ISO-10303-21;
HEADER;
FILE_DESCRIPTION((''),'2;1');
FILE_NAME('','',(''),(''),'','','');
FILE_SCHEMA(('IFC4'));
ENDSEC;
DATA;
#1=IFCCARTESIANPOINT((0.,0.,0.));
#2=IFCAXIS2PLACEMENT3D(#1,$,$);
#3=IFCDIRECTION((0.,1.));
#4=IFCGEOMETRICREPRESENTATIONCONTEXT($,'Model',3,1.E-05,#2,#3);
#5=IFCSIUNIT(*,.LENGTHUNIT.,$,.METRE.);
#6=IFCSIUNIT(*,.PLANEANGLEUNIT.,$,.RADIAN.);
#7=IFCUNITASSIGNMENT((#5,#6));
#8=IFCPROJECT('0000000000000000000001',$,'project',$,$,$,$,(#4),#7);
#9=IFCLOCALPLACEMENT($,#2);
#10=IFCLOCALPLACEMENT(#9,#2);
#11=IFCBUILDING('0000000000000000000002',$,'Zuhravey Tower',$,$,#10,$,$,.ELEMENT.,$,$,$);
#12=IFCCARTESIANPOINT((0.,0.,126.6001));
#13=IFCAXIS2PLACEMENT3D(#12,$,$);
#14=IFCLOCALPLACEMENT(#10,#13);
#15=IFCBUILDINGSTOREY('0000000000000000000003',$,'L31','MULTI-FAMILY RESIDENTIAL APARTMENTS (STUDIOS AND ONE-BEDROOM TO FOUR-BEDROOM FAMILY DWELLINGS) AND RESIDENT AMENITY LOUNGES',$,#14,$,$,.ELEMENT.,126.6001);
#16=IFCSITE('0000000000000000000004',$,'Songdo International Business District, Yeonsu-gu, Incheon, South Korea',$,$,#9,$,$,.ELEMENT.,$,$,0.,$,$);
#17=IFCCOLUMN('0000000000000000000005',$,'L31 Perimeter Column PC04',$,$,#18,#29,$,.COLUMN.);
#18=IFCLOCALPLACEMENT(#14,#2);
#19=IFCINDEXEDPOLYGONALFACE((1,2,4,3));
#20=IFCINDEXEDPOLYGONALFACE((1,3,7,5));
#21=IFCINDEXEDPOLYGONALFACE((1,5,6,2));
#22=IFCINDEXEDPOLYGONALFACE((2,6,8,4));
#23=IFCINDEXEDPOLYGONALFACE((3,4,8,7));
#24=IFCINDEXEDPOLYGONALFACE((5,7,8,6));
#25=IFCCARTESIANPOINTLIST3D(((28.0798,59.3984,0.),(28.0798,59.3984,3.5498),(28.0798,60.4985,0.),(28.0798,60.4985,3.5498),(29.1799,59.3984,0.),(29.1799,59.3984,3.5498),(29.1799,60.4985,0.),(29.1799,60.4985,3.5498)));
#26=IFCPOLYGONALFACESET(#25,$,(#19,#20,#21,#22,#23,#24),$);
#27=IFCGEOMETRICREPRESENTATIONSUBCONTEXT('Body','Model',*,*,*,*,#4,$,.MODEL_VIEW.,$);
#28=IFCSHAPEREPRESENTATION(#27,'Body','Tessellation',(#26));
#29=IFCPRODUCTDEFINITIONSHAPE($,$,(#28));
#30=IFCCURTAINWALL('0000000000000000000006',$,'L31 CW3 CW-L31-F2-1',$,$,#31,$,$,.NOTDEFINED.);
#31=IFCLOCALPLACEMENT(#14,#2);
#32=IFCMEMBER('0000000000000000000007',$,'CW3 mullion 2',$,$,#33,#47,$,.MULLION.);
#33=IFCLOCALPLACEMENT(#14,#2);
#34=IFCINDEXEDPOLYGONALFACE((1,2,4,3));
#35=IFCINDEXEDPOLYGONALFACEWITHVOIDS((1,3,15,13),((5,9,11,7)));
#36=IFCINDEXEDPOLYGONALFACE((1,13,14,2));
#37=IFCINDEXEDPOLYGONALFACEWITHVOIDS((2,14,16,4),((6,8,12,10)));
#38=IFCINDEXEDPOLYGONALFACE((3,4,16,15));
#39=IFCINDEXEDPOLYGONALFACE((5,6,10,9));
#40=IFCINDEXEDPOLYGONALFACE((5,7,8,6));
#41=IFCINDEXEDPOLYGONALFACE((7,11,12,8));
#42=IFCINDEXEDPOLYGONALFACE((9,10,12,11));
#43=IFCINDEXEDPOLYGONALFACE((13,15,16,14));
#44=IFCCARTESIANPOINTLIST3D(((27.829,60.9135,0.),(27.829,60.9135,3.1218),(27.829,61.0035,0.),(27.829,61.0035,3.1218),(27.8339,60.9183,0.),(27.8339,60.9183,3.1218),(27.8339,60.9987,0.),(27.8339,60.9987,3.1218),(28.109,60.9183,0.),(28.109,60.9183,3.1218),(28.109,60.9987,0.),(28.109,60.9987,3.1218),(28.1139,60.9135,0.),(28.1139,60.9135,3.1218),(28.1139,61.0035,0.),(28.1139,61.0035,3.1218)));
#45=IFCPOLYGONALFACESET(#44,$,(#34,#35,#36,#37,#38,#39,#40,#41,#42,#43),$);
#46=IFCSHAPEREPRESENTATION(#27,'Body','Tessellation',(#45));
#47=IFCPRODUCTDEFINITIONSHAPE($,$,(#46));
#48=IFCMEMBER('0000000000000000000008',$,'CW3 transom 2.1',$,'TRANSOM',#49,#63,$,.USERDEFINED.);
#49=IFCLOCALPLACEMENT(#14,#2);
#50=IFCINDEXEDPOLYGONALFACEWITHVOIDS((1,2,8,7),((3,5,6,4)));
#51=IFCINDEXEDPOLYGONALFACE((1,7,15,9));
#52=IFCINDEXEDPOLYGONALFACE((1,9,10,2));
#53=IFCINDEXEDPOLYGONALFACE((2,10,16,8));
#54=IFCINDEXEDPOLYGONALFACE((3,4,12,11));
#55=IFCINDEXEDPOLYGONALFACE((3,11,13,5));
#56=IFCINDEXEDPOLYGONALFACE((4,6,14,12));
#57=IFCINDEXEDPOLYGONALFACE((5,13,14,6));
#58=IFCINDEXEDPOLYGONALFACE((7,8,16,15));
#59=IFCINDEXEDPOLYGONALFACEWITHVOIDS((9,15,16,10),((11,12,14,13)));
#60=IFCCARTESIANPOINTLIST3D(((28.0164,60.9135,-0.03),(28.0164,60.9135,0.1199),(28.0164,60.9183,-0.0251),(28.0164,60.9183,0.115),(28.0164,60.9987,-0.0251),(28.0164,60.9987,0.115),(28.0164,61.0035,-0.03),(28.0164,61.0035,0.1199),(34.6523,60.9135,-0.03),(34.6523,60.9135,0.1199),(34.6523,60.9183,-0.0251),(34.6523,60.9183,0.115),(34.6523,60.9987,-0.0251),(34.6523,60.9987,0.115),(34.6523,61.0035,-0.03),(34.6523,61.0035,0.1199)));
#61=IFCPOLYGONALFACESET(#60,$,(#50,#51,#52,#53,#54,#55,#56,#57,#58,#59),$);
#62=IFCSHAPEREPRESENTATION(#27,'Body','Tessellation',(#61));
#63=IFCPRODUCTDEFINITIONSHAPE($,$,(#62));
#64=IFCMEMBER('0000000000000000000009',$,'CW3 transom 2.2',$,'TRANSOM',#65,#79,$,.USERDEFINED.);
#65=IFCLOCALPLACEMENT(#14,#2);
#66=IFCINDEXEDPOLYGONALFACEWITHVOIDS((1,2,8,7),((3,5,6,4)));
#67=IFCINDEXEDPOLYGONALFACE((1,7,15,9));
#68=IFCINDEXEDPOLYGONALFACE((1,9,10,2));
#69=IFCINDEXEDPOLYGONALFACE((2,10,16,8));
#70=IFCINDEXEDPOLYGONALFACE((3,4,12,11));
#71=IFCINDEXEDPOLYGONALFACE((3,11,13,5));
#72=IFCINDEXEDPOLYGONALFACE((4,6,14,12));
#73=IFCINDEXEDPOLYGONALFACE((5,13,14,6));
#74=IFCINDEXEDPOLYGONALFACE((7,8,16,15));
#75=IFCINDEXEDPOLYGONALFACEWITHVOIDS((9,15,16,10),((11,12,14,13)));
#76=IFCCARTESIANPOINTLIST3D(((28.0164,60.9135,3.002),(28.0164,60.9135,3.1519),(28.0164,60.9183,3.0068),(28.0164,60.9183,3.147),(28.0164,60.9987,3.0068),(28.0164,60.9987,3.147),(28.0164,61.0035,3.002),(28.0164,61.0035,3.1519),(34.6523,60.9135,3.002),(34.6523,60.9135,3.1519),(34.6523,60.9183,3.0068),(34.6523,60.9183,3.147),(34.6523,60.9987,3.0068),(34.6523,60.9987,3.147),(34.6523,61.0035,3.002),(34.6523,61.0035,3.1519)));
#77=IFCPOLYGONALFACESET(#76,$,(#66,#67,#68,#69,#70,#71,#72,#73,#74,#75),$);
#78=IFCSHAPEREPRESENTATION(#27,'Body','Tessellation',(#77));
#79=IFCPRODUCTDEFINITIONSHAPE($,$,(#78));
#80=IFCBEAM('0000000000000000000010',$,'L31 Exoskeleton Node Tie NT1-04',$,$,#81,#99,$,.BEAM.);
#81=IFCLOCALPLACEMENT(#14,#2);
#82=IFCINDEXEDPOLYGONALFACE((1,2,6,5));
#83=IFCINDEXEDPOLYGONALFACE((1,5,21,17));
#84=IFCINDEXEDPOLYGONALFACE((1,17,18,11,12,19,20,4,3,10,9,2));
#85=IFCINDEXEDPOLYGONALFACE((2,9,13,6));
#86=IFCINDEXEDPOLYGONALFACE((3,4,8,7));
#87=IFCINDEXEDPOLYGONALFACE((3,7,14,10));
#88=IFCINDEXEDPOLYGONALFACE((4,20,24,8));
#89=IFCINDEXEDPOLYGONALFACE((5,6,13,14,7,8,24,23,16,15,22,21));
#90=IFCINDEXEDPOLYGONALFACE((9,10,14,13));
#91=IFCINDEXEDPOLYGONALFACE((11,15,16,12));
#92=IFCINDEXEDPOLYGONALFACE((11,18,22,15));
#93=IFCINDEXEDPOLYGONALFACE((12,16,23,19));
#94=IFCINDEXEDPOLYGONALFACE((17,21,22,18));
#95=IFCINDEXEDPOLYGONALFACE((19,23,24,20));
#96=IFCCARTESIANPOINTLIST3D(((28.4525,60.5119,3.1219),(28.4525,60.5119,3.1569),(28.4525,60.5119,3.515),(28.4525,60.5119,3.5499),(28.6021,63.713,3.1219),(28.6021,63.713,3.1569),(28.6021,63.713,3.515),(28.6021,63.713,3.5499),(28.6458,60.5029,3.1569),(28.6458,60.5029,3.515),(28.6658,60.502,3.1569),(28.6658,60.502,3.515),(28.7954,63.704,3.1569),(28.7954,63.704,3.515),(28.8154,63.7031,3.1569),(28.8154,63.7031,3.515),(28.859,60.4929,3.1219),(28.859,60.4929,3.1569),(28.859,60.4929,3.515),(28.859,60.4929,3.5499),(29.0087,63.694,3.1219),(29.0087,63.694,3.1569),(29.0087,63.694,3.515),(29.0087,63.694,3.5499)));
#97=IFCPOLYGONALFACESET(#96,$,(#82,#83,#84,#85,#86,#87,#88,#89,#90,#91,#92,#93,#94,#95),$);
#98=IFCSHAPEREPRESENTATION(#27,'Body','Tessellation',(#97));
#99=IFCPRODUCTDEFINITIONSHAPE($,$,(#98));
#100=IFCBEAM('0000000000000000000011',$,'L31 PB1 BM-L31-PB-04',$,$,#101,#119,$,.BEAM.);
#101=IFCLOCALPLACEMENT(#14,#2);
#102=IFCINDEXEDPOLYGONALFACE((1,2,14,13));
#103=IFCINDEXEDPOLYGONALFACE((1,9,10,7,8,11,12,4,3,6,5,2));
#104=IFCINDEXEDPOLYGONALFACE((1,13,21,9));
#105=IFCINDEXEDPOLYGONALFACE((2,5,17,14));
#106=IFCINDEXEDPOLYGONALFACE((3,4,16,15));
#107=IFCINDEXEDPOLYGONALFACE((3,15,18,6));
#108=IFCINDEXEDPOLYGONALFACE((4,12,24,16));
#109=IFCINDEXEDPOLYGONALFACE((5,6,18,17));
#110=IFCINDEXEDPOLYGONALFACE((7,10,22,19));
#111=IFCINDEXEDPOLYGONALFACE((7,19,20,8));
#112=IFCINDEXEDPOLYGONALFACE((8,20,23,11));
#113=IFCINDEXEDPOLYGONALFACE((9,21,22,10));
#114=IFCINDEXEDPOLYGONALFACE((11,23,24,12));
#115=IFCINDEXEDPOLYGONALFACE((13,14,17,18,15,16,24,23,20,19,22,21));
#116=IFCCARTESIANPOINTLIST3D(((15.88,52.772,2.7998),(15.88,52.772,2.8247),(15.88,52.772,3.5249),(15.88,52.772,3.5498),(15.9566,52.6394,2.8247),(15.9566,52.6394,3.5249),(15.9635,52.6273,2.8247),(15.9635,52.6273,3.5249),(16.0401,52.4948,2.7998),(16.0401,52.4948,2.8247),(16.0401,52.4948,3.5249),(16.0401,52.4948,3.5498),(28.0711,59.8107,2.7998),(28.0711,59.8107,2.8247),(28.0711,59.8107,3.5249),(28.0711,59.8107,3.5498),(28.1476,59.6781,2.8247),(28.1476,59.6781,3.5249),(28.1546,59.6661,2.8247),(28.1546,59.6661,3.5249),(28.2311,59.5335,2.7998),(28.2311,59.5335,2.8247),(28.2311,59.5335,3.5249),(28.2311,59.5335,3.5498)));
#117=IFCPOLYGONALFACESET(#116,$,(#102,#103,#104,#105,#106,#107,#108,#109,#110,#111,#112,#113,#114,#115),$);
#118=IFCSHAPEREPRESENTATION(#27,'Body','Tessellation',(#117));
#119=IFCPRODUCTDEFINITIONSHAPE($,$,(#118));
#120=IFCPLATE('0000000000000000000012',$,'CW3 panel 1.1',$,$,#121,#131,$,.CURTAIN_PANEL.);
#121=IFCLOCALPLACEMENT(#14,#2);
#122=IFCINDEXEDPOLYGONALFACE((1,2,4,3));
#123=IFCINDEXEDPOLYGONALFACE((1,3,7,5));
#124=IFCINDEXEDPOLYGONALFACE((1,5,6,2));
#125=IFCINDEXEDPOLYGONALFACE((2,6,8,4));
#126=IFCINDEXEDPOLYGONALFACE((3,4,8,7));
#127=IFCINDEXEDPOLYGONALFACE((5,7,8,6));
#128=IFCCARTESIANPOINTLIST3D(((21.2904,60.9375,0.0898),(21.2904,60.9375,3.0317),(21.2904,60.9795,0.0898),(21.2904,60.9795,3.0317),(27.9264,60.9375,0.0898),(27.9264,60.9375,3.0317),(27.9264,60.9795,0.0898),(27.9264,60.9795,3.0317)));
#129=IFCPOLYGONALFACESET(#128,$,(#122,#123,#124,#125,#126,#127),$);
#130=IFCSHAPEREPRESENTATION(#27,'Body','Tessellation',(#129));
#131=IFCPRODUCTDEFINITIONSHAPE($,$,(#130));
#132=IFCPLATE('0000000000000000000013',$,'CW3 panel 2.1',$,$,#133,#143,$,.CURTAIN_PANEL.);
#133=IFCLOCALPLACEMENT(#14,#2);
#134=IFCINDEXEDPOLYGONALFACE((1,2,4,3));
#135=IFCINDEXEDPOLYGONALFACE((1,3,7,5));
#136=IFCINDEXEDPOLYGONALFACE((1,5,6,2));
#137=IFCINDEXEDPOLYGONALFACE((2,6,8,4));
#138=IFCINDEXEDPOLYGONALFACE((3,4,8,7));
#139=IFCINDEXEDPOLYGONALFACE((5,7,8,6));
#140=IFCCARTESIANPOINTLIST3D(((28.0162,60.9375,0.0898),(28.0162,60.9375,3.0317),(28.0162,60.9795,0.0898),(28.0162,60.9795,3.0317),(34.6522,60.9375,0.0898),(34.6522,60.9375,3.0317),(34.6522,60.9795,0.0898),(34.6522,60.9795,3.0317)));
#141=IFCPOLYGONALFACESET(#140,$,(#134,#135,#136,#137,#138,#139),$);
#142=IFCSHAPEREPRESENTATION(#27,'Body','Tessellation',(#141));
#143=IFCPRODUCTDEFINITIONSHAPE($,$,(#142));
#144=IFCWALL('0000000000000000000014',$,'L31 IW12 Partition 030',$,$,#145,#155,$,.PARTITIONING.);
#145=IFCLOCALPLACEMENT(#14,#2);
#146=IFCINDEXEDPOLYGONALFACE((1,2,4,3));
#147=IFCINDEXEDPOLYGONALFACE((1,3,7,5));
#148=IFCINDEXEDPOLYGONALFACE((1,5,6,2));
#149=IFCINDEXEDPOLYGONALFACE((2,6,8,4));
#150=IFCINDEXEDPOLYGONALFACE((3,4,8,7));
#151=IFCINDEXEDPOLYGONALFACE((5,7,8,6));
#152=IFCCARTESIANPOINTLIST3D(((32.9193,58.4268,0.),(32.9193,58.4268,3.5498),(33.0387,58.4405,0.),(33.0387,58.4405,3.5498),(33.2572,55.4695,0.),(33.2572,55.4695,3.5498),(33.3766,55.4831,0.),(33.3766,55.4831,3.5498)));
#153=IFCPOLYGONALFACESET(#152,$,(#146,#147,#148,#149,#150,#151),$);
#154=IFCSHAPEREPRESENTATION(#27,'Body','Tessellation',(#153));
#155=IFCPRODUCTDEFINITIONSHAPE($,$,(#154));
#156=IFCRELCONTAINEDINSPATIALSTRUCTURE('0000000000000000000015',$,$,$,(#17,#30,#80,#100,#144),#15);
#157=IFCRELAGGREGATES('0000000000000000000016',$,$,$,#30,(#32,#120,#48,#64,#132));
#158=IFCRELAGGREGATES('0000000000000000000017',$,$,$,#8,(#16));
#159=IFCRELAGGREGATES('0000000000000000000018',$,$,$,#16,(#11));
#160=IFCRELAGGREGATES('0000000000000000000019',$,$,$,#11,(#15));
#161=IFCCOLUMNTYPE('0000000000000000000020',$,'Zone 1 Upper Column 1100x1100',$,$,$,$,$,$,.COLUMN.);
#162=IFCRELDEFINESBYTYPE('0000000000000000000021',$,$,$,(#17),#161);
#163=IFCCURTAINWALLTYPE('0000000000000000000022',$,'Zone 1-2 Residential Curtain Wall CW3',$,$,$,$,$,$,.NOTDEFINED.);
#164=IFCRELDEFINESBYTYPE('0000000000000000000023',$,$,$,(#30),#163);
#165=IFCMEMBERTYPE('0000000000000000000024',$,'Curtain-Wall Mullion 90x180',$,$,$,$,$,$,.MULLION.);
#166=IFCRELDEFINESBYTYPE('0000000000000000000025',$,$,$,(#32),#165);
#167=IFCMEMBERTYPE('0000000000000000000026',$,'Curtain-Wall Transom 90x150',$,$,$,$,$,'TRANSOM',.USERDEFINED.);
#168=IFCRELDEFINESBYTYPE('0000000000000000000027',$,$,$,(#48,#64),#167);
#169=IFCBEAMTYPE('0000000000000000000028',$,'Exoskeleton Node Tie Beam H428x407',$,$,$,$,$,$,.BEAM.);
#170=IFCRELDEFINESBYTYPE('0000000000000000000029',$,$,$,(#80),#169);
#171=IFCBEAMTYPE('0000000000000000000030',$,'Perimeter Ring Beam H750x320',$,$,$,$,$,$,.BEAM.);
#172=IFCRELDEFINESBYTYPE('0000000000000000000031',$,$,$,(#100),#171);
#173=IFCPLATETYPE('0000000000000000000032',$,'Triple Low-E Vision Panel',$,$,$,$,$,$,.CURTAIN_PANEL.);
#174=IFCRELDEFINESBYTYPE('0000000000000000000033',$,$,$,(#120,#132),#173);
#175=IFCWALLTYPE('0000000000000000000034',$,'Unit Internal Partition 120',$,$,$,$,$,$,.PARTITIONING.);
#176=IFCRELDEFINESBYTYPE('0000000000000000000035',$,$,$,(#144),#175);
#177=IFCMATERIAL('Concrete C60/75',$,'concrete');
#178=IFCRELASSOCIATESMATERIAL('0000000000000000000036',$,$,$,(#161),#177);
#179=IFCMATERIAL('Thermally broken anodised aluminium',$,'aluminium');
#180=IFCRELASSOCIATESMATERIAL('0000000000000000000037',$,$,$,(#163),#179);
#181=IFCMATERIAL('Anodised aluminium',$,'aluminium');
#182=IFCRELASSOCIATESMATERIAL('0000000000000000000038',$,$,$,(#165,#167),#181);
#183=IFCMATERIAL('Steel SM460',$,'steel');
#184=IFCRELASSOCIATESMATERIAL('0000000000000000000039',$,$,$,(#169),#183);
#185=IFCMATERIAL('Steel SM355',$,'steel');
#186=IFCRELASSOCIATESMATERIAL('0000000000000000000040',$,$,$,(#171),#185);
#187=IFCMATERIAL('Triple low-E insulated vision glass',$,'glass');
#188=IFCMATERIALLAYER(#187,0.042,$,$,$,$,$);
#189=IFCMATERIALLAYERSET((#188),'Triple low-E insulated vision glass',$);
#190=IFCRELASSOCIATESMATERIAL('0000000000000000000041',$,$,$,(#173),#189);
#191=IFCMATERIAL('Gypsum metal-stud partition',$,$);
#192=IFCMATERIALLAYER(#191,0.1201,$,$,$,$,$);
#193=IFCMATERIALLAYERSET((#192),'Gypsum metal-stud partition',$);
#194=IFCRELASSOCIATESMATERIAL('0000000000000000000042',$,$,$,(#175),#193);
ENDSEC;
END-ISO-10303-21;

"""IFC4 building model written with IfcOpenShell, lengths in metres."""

from ifc_helpers import new_model, si_unit, direction, frame, frame_2d, origin, origin_2d, place, context, subcontext, project, spatial, rectangle, hollow_rectangle, i_section, extrude, material, layer, layer_set, material_profile, profile_set, type_object, element, aggregate, save


model = new_model("IFC4")

# Units and contexts
model_context = context("Model", 3, precision=1e-05, world=origin(), true_north=direction((0.0, 1.0)))
body_context = subcontext(model_context, "Body", "Model", "MODEL_VIEW")
ifc_project = project(units=[si_unit("LENGTHUNIT", "METRE"), si_unit("PLANEANGLEUNIT", "RADIAN")], contexts=[model_context])

# Site, building, storey
site_placement = place(None, origin())
site = spatial("IfcSite", under=ifc_project, at=site_placement, Name="Songdo International Business District, Yeonsu-gu, Incheon, South Korea", CompositionType="ELEMENT", RefElevation=0.0)
building_placement = place(site_placement, origin())
building = spatial("IfcBuilding", under=site, at=building_placement, Name="Zuhravey Tower", CompositionType="ELEMENT")
storey_placement = place(building_placement, frame((0.0, 0.0, 126.6001)))
storey = spatial("IfcBuildingStorey", under=building, at=storey_placement, Name="L31", Description="MULTI-FAMILY RESIDENTIAL APARTMENTS (STUDIOS AND ONE-BEDROOM TO FOUR-BEDROOM FAMILY DWELLINGS) AND RESIDENT AMENITY LOUNGES", CompositionType="ELEMENT", Elevation=126.6001)

# Column
ifc_material_1 = material(Name="Concrete C60/75", Category="concrete")
ifc_material_profile_1 = material_profile(ifc_material_1, rectangle(XDim=1.1001, YDim=1.1001, at=origin_2d()), Name="RC-1100x1100")
ifc_profile_set_1 = profile_set([ifc_material_profile_1], Name="Concrete C60/75")
column_type = type_object("IfcColumnType", Name="Zone 1 Upper Column 1100x1100", PredefinedType="COLUMN", material=ifc_profile_set_1)
column_placement = place(storey_placement, frame((28.6299, 59.9485, 0.0), z_axis=(0.0, 0.0, 1.0), x_axis=(-1.0, 0.0, 0.0)))
element("IfcColumn", 1, at=column_placement, inside=storey, type_object=column_type, Name="L31 Perimeter Column PC04", PredefinedType="COLUMN", context=body_context, shape_type="SweptSolid", body=[
    extrude(rectangle(XDim=1.1001, YDim=1.1001, at=origin_2d()), origin(), (0.0, 0.0, 1.0), 3.5498),
])

# Curtain wall, members
ifc_material_2 = material(Name="Thermally broken anodised aluminium", Category="aluminium")
curtain_wall_type = type_object("IfcCurtainWallType", Name="Zone 1-2 Residential Curtain Wall CW3", PredefinedType="NOTDEFINED", material=ifc_material_2)
curtain_wall_placement = place(storey_placement, origin())
curtain_wall = element("IfcCurtainWall", 2, at=curtain_wall_placement, inside=storey, type_object=curtain_wall_type, Name="L31 CW3 CW-L31-F2-1", PredefinedType="NOTDEFINED")
ifc_material_3 = material(Name="Anodised aluminium", Category="aluminium")
ifc_material_profile_2 = material_profile(ifc_material_3, hollow_rectangle(XDim=0.0901, YDim=0.2849, WallThickness=0.0049, at=origin_2d()), Name="ALU-RHS-90x285x5")
ifc_profile_set_2 = profile_set([ifc_material_profile_2], Name="Anodised aluminium")
member_type_1 = type_object("IfcMemberType", Name="Curtain-Wall Mullion 90x180", PredefinedType="MULLION", material=ifc_profile_set_2)
member_1_placement = place(storey_placement, frame((27.9714, 60.9585, 0.0), z_axis=(0.0, 0.0, 1.0), x_axis=(0.0, 1.0, 0.0)))
member_1 = element("IfcMember", 3, at=member_1_placement, type_object=member_type_1, Name="CW3 mullion 2", PredefinedType="MULLION", context=body_context, shape_type="SweptSolid", body=[
    extrude(hollow_rectangle(XDim=0.0901, YDim=0.2849, WallThickness=0.0049, at=origin_2d()), origin(), (0.0, 0.0, 1.0), 3.1218),
])
ifc_material_profile_3 = material_profile(ifc_material_3, hollow_rectangle(XDim=0.0901, YDim=0.1499, WallThickness=0.0049, at=origin_2d()), Name="ALU-RHS-90x150x5")
ifc_profile_set_3 = profile_set([ifc_material_profile_3], Name="Anodised aluminium")
member_type_2 = type_object("IfcMemberType", Name="Curtain-Wall Transom 90x150", ElementType="TRANSOM", PredefinedType="USERDEFINED", material=ifc_profile_set_3)
member_2_placement = place(storey_placement, frame((28.0164, 60.9585, 0.0449), z_axis=(1.0, 0.0, 0.0), x_axis=(0.0, 1.0, 0.0)))
member_2 = element("IfcMember", 4, at=member_2_placement, type_object=member_type_2, Name="CW3 transom 2.1", ObjectType="TRANSOM", PredefinedType="USERDEFINED", context=body_context, shape_type="SweptSolid", body=[
    extrude(hollow_rectangle(XDim=0.0901, YDim=0.1499, WallThickness=0.0049, at=origin_2d()), origin(), (0.0, 0.0, 1.0), 6.636),
])
member_3_placement = place(storey_placement, frame((28.0164, 60.9585, 3.0769), z_axis=(1.0, 0.0, 0.0), x_axis=(0.0, 1.0, 0.0)))
member_3 = element("IfcMember", 5, at=member_3_placement, type_object=member_type_2, Name="CW3 transom 2.2", ObjectType="TRANSOM", PredefinedType="USERDEFINED", context=body_context, shape_type="SweptSolid", body=[
    extrude(hollow_rectangle(XDim=0.0901, YDim=0.1499, WallThickness=0.0049, at=origin_2d()), origin(), (0.0, 0.0, 1.0), 6.636),
])

# Beams
ifc_material_4 = material(Name="Steel SM460", Category="steel")
ifc_material_profile_4 = material_profile(ifc_material_4, i_section(OverallWidth=0.407, OverallDepth=0.428, WebThickness=0.02, FlangeThickness=0.0349, at=origin_2d()), Name="H-428x407x20x35")
ifc_profile_set_4 = profile_set([ifc_material_profile_4], Name="Steel SM460")
beam_type_1 = type_object("IfcBeamType", Name="Exoskeleton Node Tie Beam H428x407", PredefinedType="BEAM", material=ifc_profile_set_4)
beam_1_placement = place(storey_placement, frame((28.6558, 60.5024, 3.3359), z_axis=(0.0467, 0.998909, 0.0), x_axis=(-0.998909, 0.0467, 0.0)))
element("IfcBeam", 6, at=beam_1_placement, inside=storey, type_object=beam_type_1, Name="L31 Exoskeleton Node Tie NT1-04", PredefinedType="BEAM", context=body_context, shape_type="SweptSolid", body=[
    extrude(i_section(OverallWidth=0.407, OverallDepth=0.428, WebThickness=0.02, FlangeThickness=0.0349, at=origin_2d()), origin(), (0.0, 0.0, 1.0), 3.2046),
])
ifc_material_5 = material(Name="Steel SM355", Category="steel")
ifc_material_profile_5 = material_profile(ifc_material_5, i_section(OverallWidth=0.3201, OverallDepth=0.75, WebThickness=0.0139, FlangeThickness=0.0249, at=origin_2d()), Name="H-750x320x14x25")
ifc_profile_set_5 = profile_set([ifc_material_profile_5], Name="Steel SM355")
beam_type_2 = type_object("IfcBeamType", Name="Perimeter Ring Beam H750x320", PredefinedType="BEAM", material=ifc_profile_set_5)
beam_2_placement = place(storey_placement, frame((28.1511, 59.6721, 3.1748), z_axis=(-0.866018, -0.500013, 0.0), x_axis=(0.500013, -0.866018, 0.0)))
element("IfcBeam", 7, at=beam_2_placement, inside=storey, type_object=beam_type_2, Name="L31 PB1 BM-L31-PB-04", PredefinedType="BEAM", context=body_context, shape_type="SweptSolid", body=[
    extrude(i_section(OverallWidth=0.3201, OverallDepth=0.75, WebThickness=0.0139, FlangeThickness=0.0249, at=origin_2d()), origin(), (0.0, 0.0, 1.0), 14.0771),
])

# Plates
ifc_material_6 = material(Name="Triple low-E insulated vision glass", Category="glass")
ifc_layer_1 = layer(ifc_material_6, 0.042)
ifc_layer_set_1 = layer_set([ifc_layer_1], Name="Triple low-E insulated vision glass")
plate_type = type_object("IfcPlateType", Name="Triple Low-E Vision Panel", PredefinedType="CURTAIN_PANEL", material=ifc_layer_set_1)
plate_1_placement = place(storey_placement, frame((24.6084, 60.9585, 0.0898), z_axis=(0.0, 0.0, 1.0), x_axis=(1.0, 0.0, 0.0)))
plate_1 = element("IfcPlate", 8, at=plate_1_placement, type_object=plate_type, Name="CW3 panel 1.1", PredefinedType="CURTAIN_PANEL", context=body_context, shape_type="SweptSolid", body=[
    extrude(rectangle(XDim=6.636, YDim=0.042, at=origin_2d()), origin(), (0.0, 0.0, 1.0), 2.9419),
])
plate_2_placement = place(storey_placement, frame((31.3342, 60.9585, 0.0898), z_axis=(0.0, 0.0, 1.0), x_axis=(1.0, 0.0, 0.0)))
plate_2 = element("IfcPlate", 9, at=plate_2_placement, type_object=plate_type, Name="CW3 panel 2.1", PredefinedType="CURTAIN_PANEL", context=body_context, shape_type="SweptSolid", body=[
    extrude(rectangle(XDim=6.636, YDim=0.042, at=origin_2d()), origin(), (0.0, 0.0, 1.0), 2.9419),
])
aggregate(curtain_wall, [member_1, plate_1, member_2, member_3, plate_2])

# Wall
ifc_material_7 = material(Name="Gypsum metal-stud partition")
ifc_layer_2 = layer(ifc_material_7, 0.1201)
ifc_layer_set_2 = layer_set([ifc_layer_2], Name="Gypsum metal-stud partition")
wall_type = type_object("IfcWallType", Name="Unit Internal Partition 120", PredefinedType="PARTITIONING", material=ifc_layer_set_2)
wall_1_placement = place(storey_placement, frame((33.3169, 55.4763, 0.0), z_axis=(0.0, 0.0, 1.0), x_axis=(-0.113519, 0.993536, 0.0)))
element("IfcWall", 10, at=wall_1_placement, inside=storey, type_object=wall_type, Name="L31 IW12 Partition 030", PredefinedType="PARTITIONING", context=body_context, shape_type="SweptSolid", body=[
    extrude(rectangle(XDim=2.9766, YDim=0.1201, at=frame_2d((1.4883, 0.0))), origin(), (0.0, 0.0, 1.0), 3.5498),
])

save(model, "model.ifc")
